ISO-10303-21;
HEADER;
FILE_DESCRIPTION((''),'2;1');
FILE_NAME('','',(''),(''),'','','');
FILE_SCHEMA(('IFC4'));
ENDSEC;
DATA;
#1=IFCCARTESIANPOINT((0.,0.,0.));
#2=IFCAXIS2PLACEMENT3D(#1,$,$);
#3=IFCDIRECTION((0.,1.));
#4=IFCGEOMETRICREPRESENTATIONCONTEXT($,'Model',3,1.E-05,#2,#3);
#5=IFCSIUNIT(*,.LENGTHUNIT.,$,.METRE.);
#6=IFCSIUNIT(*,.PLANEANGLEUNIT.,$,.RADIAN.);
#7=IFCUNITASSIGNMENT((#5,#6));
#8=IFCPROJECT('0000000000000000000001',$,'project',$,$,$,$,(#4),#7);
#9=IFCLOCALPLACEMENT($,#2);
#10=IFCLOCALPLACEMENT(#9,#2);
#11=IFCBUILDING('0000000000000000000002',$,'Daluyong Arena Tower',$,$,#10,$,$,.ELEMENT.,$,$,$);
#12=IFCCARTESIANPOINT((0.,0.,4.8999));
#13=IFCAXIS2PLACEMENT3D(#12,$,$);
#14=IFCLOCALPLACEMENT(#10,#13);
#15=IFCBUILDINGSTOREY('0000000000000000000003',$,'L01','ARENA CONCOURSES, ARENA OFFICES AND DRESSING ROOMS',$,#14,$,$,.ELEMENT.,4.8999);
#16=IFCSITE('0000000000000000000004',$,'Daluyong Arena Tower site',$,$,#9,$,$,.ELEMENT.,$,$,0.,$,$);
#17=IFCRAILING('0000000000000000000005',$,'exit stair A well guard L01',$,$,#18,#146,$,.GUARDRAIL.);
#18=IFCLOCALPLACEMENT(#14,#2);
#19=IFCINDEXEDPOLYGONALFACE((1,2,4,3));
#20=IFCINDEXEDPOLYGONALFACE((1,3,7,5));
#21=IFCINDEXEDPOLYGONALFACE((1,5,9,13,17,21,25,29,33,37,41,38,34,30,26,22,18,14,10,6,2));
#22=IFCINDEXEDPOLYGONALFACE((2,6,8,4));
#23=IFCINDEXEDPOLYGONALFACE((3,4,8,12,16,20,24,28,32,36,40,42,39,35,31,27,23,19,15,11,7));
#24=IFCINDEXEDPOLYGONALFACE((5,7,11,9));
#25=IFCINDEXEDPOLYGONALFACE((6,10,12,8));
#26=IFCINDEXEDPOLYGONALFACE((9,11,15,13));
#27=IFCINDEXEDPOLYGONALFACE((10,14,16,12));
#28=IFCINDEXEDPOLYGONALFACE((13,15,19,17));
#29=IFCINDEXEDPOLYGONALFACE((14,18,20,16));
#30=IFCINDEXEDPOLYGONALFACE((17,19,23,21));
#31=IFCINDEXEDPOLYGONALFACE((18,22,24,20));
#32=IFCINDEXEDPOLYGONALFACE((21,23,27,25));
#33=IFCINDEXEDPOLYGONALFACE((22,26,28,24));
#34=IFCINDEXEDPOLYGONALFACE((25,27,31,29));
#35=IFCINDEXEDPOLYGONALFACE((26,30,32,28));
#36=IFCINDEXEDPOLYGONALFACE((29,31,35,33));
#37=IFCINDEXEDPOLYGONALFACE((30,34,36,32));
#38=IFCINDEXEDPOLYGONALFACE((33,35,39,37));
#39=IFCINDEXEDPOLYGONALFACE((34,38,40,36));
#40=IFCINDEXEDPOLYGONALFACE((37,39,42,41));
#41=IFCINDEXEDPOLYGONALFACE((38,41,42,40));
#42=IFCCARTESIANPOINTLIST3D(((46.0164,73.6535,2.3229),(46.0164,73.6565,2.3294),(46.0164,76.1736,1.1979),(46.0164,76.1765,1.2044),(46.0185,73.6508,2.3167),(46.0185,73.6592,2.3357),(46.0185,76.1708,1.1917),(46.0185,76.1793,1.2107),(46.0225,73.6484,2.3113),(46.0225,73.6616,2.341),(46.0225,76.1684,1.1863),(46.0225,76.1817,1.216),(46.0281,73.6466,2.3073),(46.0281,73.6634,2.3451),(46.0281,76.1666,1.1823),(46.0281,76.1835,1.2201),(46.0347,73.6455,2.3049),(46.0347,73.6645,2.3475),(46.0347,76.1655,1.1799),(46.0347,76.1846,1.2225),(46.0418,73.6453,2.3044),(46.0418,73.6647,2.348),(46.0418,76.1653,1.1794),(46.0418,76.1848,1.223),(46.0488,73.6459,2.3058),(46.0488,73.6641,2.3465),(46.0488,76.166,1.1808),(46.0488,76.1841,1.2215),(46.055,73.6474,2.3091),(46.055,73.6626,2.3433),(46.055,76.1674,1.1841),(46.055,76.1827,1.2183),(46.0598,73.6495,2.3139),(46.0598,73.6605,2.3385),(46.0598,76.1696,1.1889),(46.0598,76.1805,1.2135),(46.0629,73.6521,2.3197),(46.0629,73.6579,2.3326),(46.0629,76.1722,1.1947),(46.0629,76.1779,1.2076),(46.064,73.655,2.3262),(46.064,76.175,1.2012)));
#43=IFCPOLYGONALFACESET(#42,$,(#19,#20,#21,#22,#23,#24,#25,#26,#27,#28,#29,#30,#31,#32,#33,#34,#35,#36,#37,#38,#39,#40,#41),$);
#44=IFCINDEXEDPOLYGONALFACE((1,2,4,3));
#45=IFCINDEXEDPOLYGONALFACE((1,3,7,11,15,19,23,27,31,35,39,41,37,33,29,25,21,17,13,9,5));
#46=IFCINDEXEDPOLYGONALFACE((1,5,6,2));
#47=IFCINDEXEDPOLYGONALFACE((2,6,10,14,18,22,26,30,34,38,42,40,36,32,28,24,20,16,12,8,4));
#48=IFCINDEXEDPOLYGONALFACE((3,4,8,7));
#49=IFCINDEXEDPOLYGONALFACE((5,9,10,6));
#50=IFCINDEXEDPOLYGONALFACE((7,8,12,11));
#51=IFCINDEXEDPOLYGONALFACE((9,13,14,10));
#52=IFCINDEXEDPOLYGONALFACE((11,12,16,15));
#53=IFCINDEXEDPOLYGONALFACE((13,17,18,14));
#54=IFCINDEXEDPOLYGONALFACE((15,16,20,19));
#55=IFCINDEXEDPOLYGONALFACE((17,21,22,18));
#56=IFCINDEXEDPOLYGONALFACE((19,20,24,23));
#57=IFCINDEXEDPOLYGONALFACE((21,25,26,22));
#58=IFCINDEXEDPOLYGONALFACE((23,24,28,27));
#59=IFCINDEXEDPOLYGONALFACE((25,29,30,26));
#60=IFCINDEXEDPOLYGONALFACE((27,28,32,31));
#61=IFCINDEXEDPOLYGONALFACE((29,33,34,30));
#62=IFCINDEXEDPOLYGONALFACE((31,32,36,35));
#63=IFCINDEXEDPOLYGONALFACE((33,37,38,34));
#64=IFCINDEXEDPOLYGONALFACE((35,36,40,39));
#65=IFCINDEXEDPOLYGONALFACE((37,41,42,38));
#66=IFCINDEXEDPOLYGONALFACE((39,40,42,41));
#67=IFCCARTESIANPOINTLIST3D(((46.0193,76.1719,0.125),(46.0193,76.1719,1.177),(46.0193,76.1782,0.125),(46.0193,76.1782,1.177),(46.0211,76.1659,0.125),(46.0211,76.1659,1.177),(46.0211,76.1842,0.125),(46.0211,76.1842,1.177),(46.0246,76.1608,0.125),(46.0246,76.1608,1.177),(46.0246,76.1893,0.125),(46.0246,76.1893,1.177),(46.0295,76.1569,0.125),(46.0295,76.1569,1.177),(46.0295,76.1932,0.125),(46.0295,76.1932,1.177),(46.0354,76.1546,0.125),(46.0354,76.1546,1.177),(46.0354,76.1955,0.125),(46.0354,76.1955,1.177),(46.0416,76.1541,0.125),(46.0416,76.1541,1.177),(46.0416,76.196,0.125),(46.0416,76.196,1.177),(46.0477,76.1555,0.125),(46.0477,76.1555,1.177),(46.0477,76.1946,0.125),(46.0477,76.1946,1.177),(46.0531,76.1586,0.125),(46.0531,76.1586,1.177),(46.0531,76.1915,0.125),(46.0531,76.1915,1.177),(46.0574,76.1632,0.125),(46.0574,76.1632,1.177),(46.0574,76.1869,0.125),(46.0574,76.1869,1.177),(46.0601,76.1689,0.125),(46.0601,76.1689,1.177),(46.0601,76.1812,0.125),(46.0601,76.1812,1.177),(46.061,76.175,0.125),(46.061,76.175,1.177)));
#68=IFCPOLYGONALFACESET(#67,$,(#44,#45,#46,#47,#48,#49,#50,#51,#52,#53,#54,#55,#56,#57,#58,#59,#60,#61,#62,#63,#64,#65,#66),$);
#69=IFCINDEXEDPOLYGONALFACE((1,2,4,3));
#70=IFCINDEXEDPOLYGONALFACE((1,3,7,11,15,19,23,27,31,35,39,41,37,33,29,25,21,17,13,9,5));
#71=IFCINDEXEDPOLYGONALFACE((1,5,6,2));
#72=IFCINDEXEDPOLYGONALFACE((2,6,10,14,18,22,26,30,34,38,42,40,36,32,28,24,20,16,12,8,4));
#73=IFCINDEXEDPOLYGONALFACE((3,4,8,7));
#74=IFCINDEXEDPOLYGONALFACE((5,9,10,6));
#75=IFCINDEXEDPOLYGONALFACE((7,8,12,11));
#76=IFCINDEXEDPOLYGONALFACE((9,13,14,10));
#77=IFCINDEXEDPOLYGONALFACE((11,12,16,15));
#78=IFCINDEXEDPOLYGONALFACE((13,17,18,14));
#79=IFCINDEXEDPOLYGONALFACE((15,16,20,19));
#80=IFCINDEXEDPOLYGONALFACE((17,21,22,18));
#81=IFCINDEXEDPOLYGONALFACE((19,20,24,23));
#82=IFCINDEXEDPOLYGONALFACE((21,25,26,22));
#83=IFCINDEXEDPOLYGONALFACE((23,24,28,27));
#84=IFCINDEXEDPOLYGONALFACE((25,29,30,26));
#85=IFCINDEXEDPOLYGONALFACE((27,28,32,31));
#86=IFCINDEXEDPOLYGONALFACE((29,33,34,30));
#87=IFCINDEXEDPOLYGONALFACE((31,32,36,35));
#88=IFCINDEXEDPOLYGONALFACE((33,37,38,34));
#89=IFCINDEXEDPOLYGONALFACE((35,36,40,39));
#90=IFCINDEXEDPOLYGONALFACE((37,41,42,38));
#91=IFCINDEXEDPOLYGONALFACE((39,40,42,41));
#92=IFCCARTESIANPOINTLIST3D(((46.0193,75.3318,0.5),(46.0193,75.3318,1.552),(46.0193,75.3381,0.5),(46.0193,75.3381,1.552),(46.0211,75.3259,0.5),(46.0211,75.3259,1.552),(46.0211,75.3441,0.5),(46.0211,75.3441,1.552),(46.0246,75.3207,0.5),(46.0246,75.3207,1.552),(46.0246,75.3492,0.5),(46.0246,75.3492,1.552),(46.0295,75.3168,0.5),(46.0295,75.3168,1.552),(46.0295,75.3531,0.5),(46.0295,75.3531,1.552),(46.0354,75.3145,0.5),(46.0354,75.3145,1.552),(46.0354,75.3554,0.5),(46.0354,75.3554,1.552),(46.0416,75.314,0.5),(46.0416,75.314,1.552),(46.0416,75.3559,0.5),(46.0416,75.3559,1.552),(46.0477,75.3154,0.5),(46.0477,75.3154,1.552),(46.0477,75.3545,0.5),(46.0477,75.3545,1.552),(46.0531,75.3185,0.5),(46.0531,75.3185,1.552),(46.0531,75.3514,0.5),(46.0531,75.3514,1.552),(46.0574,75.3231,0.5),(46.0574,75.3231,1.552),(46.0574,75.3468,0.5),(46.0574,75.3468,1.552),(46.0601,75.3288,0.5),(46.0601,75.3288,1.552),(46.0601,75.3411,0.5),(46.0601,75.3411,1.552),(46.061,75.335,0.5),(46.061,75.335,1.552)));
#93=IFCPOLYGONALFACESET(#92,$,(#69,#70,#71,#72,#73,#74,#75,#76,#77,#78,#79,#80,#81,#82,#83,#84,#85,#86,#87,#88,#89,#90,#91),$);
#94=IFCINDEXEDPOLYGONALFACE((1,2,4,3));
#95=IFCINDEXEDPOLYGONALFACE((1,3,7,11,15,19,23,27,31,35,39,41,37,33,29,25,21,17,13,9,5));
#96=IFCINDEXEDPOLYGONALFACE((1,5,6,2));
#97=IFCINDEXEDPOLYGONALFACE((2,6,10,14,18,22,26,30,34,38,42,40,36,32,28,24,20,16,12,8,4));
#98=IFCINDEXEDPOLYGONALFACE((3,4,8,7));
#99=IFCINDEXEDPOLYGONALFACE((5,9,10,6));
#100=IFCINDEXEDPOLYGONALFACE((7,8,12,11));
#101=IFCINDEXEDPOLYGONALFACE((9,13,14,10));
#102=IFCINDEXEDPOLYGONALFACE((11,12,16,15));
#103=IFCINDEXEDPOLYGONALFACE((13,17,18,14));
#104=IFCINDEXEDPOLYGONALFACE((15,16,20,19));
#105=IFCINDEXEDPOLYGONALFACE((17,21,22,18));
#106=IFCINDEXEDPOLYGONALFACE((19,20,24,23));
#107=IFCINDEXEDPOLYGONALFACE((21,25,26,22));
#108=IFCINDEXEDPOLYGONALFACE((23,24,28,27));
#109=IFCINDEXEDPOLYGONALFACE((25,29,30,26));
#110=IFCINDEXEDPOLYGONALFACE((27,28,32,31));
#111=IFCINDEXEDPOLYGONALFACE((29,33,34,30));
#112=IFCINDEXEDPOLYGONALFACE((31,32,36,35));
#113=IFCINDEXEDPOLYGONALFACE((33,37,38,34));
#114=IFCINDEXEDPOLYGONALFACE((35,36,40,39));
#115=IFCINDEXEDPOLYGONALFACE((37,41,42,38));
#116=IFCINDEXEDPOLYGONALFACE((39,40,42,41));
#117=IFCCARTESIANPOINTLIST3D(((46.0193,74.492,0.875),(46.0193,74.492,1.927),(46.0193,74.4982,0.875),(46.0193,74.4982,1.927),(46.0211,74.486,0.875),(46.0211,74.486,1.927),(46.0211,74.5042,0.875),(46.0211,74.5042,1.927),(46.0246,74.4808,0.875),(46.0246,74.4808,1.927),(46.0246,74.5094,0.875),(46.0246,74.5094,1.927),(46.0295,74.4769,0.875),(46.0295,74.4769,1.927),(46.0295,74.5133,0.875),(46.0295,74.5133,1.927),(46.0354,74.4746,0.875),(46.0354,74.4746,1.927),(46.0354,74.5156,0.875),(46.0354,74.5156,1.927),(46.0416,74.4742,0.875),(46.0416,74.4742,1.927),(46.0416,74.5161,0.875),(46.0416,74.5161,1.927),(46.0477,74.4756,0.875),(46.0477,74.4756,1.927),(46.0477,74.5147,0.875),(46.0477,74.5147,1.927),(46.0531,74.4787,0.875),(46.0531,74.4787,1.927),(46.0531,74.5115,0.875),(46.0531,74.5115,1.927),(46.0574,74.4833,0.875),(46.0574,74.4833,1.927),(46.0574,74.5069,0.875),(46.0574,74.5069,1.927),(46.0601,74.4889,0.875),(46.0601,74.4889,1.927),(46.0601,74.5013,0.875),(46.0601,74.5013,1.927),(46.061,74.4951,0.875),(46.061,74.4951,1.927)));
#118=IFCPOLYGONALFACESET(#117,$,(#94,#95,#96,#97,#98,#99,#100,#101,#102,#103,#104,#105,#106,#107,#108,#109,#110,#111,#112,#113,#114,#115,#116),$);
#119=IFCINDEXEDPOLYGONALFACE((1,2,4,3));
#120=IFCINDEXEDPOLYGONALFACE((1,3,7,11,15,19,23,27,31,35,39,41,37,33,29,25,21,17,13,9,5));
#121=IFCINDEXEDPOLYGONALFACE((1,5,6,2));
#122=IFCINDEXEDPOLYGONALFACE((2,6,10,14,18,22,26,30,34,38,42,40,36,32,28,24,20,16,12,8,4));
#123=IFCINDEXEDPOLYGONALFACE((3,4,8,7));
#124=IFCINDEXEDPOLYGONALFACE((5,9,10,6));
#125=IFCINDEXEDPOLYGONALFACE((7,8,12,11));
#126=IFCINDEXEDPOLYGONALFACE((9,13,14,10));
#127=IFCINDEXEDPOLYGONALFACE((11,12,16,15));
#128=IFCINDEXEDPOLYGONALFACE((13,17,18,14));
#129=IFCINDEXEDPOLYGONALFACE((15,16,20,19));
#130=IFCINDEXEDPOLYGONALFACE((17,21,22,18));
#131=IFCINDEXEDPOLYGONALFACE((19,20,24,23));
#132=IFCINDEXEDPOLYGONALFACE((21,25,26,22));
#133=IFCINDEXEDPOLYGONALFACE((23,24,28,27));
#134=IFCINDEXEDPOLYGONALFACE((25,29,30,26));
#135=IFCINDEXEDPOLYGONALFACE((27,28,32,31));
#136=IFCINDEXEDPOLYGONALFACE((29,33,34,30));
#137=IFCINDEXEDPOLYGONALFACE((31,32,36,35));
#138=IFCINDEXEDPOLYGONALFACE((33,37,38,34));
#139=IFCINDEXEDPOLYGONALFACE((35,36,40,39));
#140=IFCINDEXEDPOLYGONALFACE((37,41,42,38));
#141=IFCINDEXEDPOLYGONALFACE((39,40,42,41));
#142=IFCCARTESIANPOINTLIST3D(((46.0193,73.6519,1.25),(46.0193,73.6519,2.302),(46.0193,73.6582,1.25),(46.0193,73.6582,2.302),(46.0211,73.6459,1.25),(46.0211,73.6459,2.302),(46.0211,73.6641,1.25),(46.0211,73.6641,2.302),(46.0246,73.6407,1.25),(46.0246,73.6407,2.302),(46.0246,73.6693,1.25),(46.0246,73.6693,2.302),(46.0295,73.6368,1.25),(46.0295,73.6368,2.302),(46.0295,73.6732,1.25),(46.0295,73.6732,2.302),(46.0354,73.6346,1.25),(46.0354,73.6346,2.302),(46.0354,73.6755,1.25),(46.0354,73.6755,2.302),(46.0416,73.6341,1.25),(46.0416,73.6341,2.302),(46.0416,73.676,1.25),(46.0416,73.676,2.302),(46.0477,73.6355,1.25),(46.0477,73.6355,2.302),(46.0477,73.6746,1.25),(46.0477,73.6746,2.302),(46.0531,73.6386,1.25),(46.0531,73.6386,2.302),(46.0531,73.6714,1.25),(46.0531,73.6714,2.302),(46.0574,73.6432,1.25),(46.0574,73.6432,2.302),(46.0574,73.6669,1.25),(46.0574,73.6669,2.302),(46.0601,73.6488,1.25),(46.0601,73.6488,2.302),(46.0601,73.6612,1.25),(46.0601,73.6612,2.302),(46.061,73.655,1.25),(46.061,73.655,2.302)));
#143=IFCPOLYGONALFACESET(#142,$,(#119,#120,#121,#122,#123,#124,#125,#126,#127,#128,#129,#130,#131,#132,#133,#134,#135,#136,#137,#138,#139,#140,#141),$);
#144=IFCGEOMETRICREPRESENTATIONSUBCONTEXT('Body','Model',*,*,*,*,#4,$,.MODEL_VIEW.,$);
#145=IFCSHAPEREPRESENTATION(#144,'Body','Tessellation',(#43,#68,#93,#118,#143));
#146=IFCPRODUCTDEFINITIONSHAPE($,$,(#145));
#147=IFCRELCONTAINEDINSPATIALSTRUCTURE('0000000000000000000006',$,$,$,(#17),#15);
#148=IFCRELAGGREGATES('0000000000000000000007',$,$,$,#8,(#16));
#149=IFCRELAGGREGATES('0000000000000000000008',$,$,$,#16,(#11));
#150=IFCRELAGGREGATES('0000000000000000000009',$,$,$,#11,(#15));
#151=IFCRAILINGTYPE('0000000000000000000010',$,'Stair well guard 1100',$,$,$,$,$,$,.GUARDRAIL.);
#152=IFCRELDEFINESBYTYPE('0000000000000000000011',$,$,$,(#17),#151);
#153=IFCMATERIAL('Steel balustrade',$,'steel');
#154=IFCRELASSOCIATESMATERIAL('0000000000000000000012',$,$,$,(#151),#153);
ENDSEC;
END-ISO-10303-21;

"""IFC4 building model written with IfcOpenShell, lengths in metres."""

from ifc_helpers import new_model, si_unit, direction, frame, origin, origin_2d, place, context, subcontext, project, spatial, circle, extrude, material, type_object, element, save


model = new_model("IFC4")

# Units and contexts
model_context = context("Model", 3, precision=1e-05, world=origin(), true_north=direction((0.0, 1.0)))
body_context = subcontext(model_context, "Body", "Model", "MODEL_VIEW")
ifc_project = project(units=[si_unit("LENGTHUNIT", "METRE"), si_unit("PLANEANGLEUNIT", "RADIAN")], contexts=[model_context])

# Site, building, storey
site_placement = place(None, origin())
site = spatial("IfcSite", under=ifc_project, at=site_placement, Name="Daluyong Arena Tower site", CompositionType="ELEMENT", RefElevation=0.0)
building_placement = place(site_placement, origin())
building = spatial("IfcBuilding", under=site, at=building_placement, Name="Daluyong Arena Tower", CompositionType="ELEMENT")
storey_placement = place(building_placement, frame((0.0, 0.0, 4.8999)))
storey = spatial("IfcBuildingStorey", under=building, at=storey_placement, Name="L01", Description="ARENA CONCOURSES, ARENA OFFICES AND DRESSING ROOMS", CompositionType="ELEMENT", Elevation=4.8999)

# Railing
ifc_material_1 = material(Name="Steel balustrade", Category="steel")
railing_type = type_object("IfcRailingType", Name="Stair well guard 1100", PredefinedType="GUARDRAIL", material=ifc_material_1)
for number, where, name in (
    (1, (46.04, 76.175, 0.125), "exit stair A well guard L01"),
):
    element("IfcRailing", number, at=place(storey_placement, frame(where)), inside=storey, type_object=railing_type, Name=name, PredefinedType="GUARDRAIL", context=body_context, shape_type="SweptSolid", body=[
        extrude(circle(Radius=0.0239, at=origin_2d()), frame((0.0, 0.0, 1.0762), z_axis=(0.0, -0.913139, 0.407648), x_axis=(1.0, 0.0, 0.0)), (0.0, 0.0, 1.0), 2.7598),
        extrude(circle(Radius=0.021, at=origin_2d()), origin(), (0.0, 0.0, 1.0), 1.052),
        extrude(circle(Radius=0.021, at=origin_2d()), frame((0.0, -0.8401, 0.375)), (0.0, 0.0, 1.0), 1.052),
        extrude(circle(Radius=0.021, at=origin_2d()), frame((0.0, -1.6799, 0.75)), (0.0, 0.0, 1.0), 1.052),
        extrude(circle(Radius=0.021, at=origin_2d()), frame((0.0, -2.52, 1.125)), (0.0, 0.0, 1.0), 1.052),
    ])

save(model, "model.ifc")
